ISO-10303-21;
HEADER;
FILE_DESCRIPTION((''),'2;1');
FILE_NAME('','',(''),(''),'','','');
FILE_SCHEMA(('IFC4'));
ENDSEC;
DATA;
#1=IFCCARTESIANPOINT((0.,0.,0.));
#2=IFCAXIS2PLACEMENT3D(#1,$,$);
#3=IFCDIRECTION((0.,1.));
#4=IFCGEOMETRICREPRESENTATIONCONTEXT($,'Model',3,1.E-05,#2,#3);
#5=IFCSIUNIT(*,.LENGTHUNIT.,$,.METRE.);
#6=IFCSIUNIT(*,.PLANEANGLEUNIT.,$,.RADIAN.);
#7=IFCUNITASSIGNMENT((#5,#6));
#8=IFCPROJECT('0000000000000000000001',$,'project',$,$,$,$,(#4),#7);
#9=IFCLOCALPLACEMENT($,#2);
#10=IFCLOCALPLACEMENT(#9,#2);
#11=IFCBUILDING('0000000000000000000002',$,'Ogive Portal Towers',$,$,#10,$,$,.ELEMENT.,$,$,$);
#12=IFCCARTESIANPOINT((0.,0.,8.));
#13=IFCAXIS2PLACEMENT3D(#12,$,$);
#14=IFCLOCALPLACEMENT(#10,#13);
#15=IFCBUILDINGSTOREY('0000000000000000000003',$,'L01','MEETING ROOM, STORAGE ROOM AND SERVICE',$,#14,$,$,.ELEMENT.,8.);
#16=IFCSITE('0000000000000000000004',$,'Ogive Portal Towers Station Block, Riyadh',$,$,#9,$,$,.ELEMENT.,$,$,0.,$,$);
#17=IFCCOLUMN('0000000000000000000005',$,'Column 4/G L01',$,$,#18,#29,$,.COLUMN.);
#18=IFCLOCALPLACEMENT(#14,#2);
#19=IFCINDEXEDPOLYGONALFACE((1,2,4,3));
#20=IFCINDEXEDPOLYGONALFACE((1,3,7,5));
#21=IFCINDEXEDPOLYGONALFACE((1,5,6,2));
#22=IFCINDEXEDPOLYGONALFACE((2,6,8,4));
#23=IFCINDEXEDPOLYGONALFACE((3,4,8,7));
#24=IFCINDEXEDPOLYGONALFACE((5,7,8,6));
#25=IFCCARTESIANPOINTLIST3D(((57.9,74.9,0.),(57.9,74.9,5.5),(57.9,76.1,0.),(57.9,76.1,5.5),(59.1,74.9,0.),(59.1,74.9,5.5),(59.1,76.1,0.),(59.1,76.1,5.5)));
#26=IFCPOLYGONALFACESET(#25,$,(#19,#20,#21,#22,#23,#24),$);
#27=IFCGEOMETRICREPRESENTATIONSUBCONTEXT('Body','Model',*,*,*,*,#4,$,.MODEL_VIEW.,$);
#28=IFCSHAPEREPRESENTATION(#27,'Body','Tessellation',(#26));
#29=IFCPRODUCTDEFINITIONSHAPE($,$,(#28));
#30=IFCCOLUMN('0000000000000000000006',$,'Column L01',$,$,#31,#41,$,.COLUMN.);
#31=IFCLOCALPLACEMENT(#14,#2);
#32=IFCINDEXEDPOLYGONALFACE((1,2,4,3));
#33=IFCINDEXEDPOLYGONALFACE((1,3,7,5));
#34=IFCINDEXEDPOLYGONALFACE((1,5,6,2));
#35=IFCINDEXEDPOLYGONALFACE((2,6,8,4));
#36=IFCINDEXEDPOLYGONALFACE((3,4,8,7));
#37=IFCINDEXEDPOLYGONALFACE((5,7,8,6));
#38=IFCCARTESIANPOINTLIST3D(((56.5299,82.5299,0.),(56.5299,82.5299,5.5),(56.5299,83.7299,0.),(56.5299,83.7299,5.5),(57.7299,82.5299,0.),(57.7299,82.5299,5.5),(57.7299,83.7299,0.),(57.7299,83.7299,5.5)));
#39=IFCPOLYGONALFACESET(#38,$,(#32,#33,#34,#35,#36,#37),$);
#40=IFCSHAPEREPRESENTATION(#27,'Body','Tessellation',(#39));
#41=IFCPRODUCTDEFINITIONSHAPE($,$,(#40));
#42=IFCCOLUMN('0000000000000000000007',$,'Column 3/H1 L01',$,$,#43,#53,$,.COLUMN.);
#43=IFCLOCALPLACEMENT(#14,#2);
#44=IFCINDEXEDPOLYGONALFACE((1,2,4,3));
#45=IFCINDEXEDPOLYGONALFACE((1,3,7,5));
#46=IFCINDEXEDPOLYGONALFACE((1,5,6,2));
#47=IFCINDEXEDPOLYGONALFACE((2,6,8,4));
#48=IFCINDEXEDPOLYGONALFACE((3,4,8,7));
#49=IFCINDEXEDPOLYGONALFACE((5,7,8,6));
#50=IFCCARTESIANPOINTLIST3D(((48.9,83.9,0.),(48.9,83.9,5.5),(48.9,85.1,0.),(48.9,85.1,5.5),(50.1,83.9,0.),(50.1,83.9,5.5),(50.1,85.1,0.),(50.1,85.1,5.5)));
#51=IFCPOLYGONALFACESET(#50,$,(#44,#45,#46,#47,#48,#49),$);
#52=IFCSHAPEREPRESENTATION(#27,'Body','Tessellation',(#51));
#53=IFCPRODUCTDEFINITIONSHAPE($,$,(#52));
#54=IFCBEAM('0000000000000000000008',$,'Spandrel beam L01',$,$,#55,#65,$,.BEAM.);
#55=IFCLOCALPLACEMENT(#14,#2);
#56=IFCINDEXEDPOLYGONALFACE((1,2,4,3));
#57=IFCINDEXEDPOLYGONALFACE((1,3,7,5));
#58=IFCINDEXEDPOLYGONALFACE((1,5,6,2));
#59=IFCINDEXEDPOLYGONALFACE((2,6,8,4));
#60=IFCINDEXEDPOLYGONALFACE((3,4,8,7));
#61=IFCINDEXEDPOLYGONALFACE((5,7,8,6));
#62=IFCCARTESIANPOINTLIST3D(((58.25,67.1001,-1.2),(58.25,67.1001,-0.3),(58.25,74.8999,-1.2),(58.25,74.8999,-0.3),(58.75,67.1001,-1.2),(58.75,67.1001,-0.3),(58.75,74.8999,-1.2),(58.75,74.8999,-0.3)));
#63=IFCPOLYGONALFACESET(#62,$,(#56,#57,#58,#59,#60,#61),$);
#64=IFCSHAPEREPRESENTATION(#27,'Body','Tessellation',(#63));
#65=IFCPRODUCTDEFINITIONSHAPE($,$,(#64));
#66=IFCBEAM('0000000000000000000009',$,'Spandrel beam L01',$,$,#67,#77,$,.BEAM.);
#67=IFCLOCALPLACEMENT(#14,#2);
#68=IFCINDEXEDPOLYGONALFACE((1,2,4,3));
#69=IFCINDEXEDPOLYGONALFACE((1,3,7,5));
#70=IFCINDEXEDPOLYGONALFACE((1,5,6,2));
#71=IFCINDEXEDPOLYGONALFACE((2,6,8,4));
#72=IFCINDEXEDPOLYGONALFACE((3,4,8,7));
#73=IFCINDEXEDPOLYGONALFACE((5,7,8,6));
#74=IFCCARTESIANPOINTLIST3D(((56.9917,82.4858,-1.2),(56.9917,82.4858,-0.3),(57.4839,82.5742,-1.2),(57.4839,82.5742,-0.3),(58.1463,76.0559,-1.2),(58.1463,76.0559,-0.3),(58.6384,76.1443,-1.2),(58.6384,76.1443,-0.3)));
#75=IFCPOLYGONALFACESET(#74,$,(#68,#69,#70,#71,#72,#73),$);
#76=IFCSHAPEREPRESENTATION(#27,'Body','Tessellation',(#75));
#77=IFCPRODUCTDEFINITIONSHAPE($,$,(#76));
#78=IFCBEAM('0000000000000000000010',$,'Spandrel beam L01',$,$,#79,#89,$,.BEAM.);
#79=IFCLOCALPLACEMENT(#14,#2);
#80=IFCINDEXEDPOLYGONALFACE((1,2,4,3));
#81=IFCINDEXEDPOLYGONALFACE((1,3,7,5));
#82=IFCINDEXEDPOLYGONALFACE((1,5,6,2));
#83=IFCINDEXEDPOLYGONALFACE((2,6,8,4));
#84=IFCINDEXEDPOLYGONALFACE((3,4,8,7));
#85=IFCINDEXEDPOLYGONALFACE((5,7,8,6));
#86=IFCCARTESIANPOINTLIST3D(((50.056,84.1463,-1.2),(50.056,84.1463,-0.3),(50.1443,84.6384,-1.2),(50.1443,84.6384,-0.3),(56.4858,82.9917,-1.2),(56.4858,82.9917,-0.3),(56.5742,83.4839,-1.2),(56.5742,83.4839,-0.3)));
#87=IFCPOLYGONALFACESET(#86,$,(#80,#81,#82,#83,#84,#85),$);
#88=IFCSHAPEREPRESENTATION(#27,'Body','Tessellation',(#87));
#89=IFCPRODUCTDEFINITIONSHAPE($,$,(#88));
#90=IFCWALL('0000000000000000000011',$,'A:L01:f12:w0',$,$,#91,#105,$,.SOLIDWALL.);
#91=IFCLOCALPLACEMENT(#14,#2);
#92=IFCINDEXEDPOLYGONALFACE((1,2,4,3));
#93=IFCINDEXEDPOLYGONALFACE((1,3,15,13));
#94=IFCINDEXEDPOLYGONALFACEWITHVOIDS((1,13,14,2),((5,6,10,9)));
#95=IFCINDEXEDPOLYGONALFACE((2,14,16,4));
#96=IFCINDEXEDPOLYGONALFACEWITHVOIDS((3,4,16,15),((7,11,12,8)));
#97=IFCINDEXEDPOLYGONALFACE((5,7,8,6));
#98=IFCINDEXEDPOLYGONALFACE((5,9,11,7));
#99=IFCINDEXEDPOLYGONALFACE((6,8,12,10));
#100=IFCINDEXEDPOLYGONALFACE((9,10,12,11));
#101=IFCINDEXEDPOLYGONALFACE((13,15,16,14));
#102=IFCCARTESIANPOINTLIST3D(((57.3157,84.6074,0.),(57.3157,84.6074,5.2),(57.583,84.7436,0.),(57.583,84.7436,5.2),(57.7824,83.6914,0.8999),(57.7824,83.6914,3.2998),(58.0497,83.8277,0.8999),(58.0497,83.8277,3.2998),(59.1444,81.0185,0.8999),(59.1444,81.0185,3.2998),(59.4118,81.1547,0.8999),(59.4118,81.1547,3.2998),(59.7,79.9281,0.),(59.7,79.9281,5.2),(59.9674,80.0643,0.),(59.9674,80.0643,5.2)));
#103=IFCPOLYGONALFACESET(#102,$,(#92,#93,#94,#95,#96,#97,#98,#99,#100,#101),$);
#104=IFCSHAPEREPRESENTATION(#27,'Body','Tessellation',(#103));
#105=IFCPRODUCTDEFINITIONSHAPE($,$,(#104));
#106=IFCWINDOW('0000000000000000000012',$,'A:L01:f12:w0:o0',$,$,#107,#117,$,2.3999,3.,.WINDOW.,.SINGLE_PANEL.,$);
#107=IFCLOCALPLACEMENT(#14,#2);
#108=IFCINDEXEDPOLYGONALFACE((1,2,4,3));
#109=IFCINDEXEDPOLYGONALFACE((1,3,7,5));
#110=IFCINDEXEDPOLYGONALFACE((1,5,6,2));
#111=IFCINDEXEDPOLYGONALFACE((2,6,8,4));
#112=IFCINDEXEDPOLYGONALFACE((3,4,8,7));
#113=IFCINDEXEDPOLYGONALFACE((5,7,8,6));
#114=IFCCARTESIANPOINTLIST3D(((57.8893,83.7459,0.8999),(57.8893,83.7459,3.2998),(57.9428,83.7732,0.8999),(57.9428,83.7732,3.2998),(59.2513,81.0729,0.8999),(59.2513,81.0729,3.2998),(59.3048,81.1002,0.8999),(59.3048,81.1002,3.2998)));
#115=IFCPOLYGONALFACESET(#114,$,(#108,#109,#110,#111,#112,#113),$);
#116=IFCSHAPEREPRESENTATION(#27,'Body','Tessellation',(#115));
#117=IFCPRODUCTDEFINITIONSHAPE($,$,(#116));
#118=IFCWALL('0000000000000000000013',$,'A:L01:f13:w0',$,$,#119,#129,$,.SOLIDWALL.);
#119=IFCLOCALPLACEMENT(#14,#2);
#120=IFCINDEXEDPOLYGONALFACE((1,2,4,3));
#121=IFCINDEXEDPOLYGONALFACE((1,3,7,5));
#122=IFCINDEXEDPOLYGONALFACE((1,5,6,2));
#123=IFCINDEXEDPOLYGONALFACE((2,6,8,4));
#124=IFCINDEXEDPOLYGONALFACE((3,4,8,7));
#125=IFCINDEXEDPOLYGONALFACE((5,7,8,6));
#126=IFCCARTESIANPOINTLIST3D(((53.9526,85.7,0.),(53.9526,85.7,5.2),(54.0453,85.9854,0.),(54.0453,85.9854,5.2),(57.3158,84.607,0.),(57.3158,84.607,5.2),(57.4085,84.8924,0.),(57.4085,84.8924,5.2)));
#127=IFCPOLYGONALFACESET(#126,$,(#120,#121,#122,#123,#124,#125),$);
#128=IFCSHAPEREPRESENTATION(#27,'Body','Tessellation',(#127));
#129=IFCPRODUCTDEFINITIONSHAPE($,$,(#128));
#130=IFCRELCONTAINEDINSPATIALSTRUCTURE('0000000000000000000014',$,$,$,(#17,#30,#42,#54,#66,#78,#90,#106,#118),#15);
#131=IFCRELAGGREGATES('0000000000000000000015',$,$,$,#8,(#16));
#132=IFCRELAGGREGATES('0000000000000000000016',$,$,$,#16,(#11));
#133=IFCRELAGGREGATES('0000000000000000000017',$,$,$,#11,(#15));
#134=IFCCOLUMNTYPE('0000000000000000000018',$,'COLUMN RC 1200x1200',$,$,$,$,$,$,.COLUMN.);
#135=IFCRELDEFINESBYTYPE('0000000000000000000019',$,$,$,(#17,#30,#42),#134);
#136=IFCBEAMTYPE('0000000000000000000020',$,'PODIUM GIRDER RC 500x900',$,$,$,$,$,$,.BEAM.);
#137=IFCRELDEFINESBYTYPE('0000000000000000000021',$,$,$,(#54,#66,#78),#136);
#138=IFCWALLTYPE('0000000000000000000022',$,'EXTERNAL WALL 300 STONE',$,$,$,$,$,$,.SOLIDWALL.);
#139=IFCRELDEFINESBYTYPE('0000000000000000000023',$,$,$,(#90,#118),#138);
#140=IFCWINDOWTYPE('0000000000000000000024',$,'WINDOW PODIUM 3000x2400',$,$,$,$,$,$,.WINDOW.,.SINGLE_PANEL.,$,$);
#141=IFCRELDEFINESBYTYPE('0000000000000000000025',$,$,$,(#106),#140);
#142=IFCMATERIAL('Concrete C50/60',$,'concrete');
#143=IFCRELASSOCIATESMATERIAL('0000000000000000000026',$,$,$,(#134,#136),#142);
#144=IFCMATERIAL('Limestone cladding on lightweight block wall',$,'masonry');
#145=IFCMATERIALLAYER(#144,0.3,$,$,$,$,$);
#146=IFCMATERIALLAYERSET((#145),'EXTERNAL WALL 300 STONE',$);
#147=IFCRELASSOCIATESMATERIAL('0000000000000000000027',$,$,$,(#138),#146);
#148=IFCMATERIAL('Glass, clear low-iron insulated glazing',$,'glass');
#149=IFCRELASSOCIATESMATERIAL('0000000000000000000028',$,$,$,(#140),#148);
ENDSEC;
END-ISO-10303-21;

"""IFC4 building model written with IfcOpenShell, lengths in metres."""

from ifc_helpers import new_model, si_unit, direction, frame, frame_2d, origin, origin_2d, place, context, subcontext, project, spatial, rectangle, extrude, material, layer, layer_set, material_profile, profile_set, type_object, element, fill, save


model = new_model("IFC4")

# Units and contexts
model_context = context("Model", 3, precision=1e-05, world=origin(), true_north=direction((0.0, 1.0)))
body_context = subcontext(model_context, "Body", "Model", "MODEL_VIEW")
ifc_project = project(units=[si_unit("LENGTHUNIT", "METRE"), si_unit("PLANEANGLEUNIT", "RADIAN")], contexts=[model_context])

# Site, building, storey
site_placement = place(None, origin())
site = spatial("IfcSite", under=ifc_project, at=site_placement, Name="Ogive Portal Towers Station Block, Riyadh", CompositionType="ELEMENT", RefElevation=0.0)
building_placement = place(site_placement, origin())
building = spatial("IfcBuilding", under=site, at=building_placement, Name="Ogive Portal Towers", CompositionType="ELEMENT")
storey_placement = place(building_placement, frame((0.0, 0.0, 8.0)))
storey = spatial("IfcBuildingStorey", under=building, at=storey_placement, Name="L01", Description="MEETING ROOM, STORAGE ROOM AND SERVICE", CompositionType="ELEMENT", Elevation=8.0)

# Columns
ifc_material_1 = material(Name="Concrete C50/60", Category="concrete")
ifc_material_profile_1 = material_profile(ifc_material_1, rectangle(XDim=1.2, YDim=1.2, at=origin_2d()), Name="RC 1200x1200")
ifc_profile_set_1 = profile_set([ifc_material_profile_1], Name="Concrete C50/60")
column_type = type_object("IfcColumnType", Name="COLUMN RC 1200x1200", PredefinedType="COLUMN", material=ifc_profile_set_1)
for number, where, z_axis, x_axis, name in (
    (1, (58.5, 75.5, 0.0), (0.0, 0.0, 1.0), (1.0, 0.0, 0.0), "Column 4/G L01"),
    (2, (57.1299, 83.1299, 0.0), (0.0, 0.0, 1.0), (1.0, 0.0, 0.0), "Column L01"),
    (3, (49.5, 84.5, 0.0), (0.0, 0.0, 1.0), (1.0, 0.0, 0.0), "Column 3/H1 L01"),
):
    element("IfcColumn", number, at=place(storey_placement, frame(where, z_axis=z_axis, x_axis=x_axis)), inside=storey, type_object=column_type, Name=name, PredefinedType="COLUMN", context=body_context, shape_type="SweptSolid", body=[
        extrude(rectangle(XDim=1.2, YDim=1.2, at=origin_2d()), origin(), (0.0, 0.0, 1.0), 5.5),
    ])

# Beams
ifc_material_profile_2 = material_profile(ifc_material_1, rectangle(XDim=0.5, YDim=0.8999, at=origin_2d()), Name="RC 500x900")
ifc_profile_set_2 = profile_set([ifc_material_profile_2], Name="Concrete C50/60")
beam_type = type_object("IfcBeamType", Name="PODIUM GIRDER RC 500x900", PredefinedType="BEAM", material=ifc_profile_set_2)
beam_placement = place(storey_placement, frame((58.5, 67.1001, -0.75), z_axis=(0.0, 1.0, 0.0), x_axis=(-1.0, 0.0, 0.0)))
element("IfcBeam", 4, at=beam_placement, inside=storey, type_object=beam_type, Name="Spandrel beam L01", PredefinedType="BEAM", context=body_context, shape_type="SweptSolid", body=[
    extrude(rectangle(XDim=0.5, YDim=0.8999, at=origin_2d()), origin(), (0.0, 0.0, 1.0), 7.7998),
])
for number, where, z_axis, x_axis, name in (
    (5, (58.3923, 76.1001, -0.75), (-0.176731, 0.984259, 0.0), (-0.984259, -0.176731, 0.0), "Spandrel beam L01"),
    (6, (56.53, 83.2378, -0.75), (-0.984259, 0.176731, 0.0), (-0.176731, -0.984259, 0.0), "Spandrel beam L01"),
):
    element("IfcBeam", number, at=place(storey_placement, frame(where, z_axis=z_axis, x_axis=x_axis)), inside=storey, type_object=beam_type, Name=name, PredefinedType="BEAM", context=body_context, shape_type="SweptSolid", body=[
        extrude(rectangle(XDim=0.5, YDim=0.8999, at=origin_2d()), origin(), (0.0, 0.0, 1.0), 6.5327),
    ])

# Wall, opening, window
ifc_material_2 = material(Name="Limestone cladding on lightweight block wall", Category="masonry")
ifc_layer_1 = layer(ifc_material_2, 0.3)
ifc_layer_set_1 = layer_set([ifc_layer_1], Name="EXTERNAL WALL 300 STONE")
wall_type = type_object("IfcWallType", Name="EXTERNAL WALL 300 STONE", PredefinedType="SOLIDWALL", material=ifc_layer_set_1)
wall_1_placement = place(storey_placement, frame((59.8337, 79.9961, 0.0), z_axis=(0.0, 0.0, 1.0), x_axis=(-0.454007, 0.890998, 0.0)))
wall_1 = element("IfcWall", 7, at=wall_1_placement, inside=storey, type_object=wall_type, Name="A:L01:f12:w0", PredefinedType="SOLIDWALL", context=body_context, shape_type="SweptSolid", body=[
    extrude(rectangle(XDim=5.2517, YDim=0.3, at=frame_2d((2.626, 0.0))), origin(), (0.0, 0.0, 1.0), 5.2),
])
opening_1_placement = place(wall_1_placement, frame((1.2239, 0.0, 0.8999)))
opening_1 = element("IfcOpeningElement", 8, at=opening_1_placement, cuts=wall_1, PredefinedType="OPENING", context=body_context, shape_type="SweptSolid", body=[
    extrude(rectangle(XDim=3.0, YDim=2.3999, at=frame_2d((1.5, 1.2))), frame((0.0, 0.1602, 0.0), z_axis=(0.0, -1.0, 0.0), x_axis=(1.0, 0.0, 0.0)), (0.0, 0.0, 1.0), 0.3201),
])
ifc_material_3 = material(Name="Glass, clear low-iron insulated glazing", Category="glass")
window_type = type_object("IfcWindowType", Name="WINDOW PODIUM 3000x2400", PartitioningType="SINGLE_PANEL", PredefinedType="WINDOW", material=ifc_material_3)
window_1_placement = place(opening_1_placement, origin())
window_1 = element("IfcWindow", 9, at=window_1_placement, inside=storey, type_object=window_type, Name="A:L01:f12:w0:o0", OverallHeight=2.3999, OverallWidth=3.0, PartitioningType="SINGLE_PANEL", PredefinedType="WINDOW", context=body_context, shape_type="SweptSolid", body=[
    extrude(rectangle(XDim=3.0, YDim=2.3999, at=frame_2d((1.5, 1.2))), frame((0.0, 0.03, 0.0), z_axis=(0.0, -1.0, 0.0), x_axis=(1.0, 0.0, 0.0)), (0.0, 0.0, 1.0), 0.0601),
])
fill(opening_1, window_1)

# Wall
wall_2_placement = place(storey_placement, frame((57.3621, 84.7498, 0.0), z_axis=(0.0, 0.0, 1.0), x_axis=(-0.951038, 0.309074, 0.0)))
element("IfcWall", 10, at=wall_2_placement, inside=storey, type_object=wall_type, Name="A:L01:f13:w0", PredefinedType="SOLIDWALL", context=body_context, shape_type="SweptSolid", body=[
    extrude(rectangle(XDim=3.5364, YDim=0.3, at=frame_2d((1.7681, 0.0))), origin(), (0.0, 0.0, 1.0), 5.2),
])

save(model, "model.ifc")
